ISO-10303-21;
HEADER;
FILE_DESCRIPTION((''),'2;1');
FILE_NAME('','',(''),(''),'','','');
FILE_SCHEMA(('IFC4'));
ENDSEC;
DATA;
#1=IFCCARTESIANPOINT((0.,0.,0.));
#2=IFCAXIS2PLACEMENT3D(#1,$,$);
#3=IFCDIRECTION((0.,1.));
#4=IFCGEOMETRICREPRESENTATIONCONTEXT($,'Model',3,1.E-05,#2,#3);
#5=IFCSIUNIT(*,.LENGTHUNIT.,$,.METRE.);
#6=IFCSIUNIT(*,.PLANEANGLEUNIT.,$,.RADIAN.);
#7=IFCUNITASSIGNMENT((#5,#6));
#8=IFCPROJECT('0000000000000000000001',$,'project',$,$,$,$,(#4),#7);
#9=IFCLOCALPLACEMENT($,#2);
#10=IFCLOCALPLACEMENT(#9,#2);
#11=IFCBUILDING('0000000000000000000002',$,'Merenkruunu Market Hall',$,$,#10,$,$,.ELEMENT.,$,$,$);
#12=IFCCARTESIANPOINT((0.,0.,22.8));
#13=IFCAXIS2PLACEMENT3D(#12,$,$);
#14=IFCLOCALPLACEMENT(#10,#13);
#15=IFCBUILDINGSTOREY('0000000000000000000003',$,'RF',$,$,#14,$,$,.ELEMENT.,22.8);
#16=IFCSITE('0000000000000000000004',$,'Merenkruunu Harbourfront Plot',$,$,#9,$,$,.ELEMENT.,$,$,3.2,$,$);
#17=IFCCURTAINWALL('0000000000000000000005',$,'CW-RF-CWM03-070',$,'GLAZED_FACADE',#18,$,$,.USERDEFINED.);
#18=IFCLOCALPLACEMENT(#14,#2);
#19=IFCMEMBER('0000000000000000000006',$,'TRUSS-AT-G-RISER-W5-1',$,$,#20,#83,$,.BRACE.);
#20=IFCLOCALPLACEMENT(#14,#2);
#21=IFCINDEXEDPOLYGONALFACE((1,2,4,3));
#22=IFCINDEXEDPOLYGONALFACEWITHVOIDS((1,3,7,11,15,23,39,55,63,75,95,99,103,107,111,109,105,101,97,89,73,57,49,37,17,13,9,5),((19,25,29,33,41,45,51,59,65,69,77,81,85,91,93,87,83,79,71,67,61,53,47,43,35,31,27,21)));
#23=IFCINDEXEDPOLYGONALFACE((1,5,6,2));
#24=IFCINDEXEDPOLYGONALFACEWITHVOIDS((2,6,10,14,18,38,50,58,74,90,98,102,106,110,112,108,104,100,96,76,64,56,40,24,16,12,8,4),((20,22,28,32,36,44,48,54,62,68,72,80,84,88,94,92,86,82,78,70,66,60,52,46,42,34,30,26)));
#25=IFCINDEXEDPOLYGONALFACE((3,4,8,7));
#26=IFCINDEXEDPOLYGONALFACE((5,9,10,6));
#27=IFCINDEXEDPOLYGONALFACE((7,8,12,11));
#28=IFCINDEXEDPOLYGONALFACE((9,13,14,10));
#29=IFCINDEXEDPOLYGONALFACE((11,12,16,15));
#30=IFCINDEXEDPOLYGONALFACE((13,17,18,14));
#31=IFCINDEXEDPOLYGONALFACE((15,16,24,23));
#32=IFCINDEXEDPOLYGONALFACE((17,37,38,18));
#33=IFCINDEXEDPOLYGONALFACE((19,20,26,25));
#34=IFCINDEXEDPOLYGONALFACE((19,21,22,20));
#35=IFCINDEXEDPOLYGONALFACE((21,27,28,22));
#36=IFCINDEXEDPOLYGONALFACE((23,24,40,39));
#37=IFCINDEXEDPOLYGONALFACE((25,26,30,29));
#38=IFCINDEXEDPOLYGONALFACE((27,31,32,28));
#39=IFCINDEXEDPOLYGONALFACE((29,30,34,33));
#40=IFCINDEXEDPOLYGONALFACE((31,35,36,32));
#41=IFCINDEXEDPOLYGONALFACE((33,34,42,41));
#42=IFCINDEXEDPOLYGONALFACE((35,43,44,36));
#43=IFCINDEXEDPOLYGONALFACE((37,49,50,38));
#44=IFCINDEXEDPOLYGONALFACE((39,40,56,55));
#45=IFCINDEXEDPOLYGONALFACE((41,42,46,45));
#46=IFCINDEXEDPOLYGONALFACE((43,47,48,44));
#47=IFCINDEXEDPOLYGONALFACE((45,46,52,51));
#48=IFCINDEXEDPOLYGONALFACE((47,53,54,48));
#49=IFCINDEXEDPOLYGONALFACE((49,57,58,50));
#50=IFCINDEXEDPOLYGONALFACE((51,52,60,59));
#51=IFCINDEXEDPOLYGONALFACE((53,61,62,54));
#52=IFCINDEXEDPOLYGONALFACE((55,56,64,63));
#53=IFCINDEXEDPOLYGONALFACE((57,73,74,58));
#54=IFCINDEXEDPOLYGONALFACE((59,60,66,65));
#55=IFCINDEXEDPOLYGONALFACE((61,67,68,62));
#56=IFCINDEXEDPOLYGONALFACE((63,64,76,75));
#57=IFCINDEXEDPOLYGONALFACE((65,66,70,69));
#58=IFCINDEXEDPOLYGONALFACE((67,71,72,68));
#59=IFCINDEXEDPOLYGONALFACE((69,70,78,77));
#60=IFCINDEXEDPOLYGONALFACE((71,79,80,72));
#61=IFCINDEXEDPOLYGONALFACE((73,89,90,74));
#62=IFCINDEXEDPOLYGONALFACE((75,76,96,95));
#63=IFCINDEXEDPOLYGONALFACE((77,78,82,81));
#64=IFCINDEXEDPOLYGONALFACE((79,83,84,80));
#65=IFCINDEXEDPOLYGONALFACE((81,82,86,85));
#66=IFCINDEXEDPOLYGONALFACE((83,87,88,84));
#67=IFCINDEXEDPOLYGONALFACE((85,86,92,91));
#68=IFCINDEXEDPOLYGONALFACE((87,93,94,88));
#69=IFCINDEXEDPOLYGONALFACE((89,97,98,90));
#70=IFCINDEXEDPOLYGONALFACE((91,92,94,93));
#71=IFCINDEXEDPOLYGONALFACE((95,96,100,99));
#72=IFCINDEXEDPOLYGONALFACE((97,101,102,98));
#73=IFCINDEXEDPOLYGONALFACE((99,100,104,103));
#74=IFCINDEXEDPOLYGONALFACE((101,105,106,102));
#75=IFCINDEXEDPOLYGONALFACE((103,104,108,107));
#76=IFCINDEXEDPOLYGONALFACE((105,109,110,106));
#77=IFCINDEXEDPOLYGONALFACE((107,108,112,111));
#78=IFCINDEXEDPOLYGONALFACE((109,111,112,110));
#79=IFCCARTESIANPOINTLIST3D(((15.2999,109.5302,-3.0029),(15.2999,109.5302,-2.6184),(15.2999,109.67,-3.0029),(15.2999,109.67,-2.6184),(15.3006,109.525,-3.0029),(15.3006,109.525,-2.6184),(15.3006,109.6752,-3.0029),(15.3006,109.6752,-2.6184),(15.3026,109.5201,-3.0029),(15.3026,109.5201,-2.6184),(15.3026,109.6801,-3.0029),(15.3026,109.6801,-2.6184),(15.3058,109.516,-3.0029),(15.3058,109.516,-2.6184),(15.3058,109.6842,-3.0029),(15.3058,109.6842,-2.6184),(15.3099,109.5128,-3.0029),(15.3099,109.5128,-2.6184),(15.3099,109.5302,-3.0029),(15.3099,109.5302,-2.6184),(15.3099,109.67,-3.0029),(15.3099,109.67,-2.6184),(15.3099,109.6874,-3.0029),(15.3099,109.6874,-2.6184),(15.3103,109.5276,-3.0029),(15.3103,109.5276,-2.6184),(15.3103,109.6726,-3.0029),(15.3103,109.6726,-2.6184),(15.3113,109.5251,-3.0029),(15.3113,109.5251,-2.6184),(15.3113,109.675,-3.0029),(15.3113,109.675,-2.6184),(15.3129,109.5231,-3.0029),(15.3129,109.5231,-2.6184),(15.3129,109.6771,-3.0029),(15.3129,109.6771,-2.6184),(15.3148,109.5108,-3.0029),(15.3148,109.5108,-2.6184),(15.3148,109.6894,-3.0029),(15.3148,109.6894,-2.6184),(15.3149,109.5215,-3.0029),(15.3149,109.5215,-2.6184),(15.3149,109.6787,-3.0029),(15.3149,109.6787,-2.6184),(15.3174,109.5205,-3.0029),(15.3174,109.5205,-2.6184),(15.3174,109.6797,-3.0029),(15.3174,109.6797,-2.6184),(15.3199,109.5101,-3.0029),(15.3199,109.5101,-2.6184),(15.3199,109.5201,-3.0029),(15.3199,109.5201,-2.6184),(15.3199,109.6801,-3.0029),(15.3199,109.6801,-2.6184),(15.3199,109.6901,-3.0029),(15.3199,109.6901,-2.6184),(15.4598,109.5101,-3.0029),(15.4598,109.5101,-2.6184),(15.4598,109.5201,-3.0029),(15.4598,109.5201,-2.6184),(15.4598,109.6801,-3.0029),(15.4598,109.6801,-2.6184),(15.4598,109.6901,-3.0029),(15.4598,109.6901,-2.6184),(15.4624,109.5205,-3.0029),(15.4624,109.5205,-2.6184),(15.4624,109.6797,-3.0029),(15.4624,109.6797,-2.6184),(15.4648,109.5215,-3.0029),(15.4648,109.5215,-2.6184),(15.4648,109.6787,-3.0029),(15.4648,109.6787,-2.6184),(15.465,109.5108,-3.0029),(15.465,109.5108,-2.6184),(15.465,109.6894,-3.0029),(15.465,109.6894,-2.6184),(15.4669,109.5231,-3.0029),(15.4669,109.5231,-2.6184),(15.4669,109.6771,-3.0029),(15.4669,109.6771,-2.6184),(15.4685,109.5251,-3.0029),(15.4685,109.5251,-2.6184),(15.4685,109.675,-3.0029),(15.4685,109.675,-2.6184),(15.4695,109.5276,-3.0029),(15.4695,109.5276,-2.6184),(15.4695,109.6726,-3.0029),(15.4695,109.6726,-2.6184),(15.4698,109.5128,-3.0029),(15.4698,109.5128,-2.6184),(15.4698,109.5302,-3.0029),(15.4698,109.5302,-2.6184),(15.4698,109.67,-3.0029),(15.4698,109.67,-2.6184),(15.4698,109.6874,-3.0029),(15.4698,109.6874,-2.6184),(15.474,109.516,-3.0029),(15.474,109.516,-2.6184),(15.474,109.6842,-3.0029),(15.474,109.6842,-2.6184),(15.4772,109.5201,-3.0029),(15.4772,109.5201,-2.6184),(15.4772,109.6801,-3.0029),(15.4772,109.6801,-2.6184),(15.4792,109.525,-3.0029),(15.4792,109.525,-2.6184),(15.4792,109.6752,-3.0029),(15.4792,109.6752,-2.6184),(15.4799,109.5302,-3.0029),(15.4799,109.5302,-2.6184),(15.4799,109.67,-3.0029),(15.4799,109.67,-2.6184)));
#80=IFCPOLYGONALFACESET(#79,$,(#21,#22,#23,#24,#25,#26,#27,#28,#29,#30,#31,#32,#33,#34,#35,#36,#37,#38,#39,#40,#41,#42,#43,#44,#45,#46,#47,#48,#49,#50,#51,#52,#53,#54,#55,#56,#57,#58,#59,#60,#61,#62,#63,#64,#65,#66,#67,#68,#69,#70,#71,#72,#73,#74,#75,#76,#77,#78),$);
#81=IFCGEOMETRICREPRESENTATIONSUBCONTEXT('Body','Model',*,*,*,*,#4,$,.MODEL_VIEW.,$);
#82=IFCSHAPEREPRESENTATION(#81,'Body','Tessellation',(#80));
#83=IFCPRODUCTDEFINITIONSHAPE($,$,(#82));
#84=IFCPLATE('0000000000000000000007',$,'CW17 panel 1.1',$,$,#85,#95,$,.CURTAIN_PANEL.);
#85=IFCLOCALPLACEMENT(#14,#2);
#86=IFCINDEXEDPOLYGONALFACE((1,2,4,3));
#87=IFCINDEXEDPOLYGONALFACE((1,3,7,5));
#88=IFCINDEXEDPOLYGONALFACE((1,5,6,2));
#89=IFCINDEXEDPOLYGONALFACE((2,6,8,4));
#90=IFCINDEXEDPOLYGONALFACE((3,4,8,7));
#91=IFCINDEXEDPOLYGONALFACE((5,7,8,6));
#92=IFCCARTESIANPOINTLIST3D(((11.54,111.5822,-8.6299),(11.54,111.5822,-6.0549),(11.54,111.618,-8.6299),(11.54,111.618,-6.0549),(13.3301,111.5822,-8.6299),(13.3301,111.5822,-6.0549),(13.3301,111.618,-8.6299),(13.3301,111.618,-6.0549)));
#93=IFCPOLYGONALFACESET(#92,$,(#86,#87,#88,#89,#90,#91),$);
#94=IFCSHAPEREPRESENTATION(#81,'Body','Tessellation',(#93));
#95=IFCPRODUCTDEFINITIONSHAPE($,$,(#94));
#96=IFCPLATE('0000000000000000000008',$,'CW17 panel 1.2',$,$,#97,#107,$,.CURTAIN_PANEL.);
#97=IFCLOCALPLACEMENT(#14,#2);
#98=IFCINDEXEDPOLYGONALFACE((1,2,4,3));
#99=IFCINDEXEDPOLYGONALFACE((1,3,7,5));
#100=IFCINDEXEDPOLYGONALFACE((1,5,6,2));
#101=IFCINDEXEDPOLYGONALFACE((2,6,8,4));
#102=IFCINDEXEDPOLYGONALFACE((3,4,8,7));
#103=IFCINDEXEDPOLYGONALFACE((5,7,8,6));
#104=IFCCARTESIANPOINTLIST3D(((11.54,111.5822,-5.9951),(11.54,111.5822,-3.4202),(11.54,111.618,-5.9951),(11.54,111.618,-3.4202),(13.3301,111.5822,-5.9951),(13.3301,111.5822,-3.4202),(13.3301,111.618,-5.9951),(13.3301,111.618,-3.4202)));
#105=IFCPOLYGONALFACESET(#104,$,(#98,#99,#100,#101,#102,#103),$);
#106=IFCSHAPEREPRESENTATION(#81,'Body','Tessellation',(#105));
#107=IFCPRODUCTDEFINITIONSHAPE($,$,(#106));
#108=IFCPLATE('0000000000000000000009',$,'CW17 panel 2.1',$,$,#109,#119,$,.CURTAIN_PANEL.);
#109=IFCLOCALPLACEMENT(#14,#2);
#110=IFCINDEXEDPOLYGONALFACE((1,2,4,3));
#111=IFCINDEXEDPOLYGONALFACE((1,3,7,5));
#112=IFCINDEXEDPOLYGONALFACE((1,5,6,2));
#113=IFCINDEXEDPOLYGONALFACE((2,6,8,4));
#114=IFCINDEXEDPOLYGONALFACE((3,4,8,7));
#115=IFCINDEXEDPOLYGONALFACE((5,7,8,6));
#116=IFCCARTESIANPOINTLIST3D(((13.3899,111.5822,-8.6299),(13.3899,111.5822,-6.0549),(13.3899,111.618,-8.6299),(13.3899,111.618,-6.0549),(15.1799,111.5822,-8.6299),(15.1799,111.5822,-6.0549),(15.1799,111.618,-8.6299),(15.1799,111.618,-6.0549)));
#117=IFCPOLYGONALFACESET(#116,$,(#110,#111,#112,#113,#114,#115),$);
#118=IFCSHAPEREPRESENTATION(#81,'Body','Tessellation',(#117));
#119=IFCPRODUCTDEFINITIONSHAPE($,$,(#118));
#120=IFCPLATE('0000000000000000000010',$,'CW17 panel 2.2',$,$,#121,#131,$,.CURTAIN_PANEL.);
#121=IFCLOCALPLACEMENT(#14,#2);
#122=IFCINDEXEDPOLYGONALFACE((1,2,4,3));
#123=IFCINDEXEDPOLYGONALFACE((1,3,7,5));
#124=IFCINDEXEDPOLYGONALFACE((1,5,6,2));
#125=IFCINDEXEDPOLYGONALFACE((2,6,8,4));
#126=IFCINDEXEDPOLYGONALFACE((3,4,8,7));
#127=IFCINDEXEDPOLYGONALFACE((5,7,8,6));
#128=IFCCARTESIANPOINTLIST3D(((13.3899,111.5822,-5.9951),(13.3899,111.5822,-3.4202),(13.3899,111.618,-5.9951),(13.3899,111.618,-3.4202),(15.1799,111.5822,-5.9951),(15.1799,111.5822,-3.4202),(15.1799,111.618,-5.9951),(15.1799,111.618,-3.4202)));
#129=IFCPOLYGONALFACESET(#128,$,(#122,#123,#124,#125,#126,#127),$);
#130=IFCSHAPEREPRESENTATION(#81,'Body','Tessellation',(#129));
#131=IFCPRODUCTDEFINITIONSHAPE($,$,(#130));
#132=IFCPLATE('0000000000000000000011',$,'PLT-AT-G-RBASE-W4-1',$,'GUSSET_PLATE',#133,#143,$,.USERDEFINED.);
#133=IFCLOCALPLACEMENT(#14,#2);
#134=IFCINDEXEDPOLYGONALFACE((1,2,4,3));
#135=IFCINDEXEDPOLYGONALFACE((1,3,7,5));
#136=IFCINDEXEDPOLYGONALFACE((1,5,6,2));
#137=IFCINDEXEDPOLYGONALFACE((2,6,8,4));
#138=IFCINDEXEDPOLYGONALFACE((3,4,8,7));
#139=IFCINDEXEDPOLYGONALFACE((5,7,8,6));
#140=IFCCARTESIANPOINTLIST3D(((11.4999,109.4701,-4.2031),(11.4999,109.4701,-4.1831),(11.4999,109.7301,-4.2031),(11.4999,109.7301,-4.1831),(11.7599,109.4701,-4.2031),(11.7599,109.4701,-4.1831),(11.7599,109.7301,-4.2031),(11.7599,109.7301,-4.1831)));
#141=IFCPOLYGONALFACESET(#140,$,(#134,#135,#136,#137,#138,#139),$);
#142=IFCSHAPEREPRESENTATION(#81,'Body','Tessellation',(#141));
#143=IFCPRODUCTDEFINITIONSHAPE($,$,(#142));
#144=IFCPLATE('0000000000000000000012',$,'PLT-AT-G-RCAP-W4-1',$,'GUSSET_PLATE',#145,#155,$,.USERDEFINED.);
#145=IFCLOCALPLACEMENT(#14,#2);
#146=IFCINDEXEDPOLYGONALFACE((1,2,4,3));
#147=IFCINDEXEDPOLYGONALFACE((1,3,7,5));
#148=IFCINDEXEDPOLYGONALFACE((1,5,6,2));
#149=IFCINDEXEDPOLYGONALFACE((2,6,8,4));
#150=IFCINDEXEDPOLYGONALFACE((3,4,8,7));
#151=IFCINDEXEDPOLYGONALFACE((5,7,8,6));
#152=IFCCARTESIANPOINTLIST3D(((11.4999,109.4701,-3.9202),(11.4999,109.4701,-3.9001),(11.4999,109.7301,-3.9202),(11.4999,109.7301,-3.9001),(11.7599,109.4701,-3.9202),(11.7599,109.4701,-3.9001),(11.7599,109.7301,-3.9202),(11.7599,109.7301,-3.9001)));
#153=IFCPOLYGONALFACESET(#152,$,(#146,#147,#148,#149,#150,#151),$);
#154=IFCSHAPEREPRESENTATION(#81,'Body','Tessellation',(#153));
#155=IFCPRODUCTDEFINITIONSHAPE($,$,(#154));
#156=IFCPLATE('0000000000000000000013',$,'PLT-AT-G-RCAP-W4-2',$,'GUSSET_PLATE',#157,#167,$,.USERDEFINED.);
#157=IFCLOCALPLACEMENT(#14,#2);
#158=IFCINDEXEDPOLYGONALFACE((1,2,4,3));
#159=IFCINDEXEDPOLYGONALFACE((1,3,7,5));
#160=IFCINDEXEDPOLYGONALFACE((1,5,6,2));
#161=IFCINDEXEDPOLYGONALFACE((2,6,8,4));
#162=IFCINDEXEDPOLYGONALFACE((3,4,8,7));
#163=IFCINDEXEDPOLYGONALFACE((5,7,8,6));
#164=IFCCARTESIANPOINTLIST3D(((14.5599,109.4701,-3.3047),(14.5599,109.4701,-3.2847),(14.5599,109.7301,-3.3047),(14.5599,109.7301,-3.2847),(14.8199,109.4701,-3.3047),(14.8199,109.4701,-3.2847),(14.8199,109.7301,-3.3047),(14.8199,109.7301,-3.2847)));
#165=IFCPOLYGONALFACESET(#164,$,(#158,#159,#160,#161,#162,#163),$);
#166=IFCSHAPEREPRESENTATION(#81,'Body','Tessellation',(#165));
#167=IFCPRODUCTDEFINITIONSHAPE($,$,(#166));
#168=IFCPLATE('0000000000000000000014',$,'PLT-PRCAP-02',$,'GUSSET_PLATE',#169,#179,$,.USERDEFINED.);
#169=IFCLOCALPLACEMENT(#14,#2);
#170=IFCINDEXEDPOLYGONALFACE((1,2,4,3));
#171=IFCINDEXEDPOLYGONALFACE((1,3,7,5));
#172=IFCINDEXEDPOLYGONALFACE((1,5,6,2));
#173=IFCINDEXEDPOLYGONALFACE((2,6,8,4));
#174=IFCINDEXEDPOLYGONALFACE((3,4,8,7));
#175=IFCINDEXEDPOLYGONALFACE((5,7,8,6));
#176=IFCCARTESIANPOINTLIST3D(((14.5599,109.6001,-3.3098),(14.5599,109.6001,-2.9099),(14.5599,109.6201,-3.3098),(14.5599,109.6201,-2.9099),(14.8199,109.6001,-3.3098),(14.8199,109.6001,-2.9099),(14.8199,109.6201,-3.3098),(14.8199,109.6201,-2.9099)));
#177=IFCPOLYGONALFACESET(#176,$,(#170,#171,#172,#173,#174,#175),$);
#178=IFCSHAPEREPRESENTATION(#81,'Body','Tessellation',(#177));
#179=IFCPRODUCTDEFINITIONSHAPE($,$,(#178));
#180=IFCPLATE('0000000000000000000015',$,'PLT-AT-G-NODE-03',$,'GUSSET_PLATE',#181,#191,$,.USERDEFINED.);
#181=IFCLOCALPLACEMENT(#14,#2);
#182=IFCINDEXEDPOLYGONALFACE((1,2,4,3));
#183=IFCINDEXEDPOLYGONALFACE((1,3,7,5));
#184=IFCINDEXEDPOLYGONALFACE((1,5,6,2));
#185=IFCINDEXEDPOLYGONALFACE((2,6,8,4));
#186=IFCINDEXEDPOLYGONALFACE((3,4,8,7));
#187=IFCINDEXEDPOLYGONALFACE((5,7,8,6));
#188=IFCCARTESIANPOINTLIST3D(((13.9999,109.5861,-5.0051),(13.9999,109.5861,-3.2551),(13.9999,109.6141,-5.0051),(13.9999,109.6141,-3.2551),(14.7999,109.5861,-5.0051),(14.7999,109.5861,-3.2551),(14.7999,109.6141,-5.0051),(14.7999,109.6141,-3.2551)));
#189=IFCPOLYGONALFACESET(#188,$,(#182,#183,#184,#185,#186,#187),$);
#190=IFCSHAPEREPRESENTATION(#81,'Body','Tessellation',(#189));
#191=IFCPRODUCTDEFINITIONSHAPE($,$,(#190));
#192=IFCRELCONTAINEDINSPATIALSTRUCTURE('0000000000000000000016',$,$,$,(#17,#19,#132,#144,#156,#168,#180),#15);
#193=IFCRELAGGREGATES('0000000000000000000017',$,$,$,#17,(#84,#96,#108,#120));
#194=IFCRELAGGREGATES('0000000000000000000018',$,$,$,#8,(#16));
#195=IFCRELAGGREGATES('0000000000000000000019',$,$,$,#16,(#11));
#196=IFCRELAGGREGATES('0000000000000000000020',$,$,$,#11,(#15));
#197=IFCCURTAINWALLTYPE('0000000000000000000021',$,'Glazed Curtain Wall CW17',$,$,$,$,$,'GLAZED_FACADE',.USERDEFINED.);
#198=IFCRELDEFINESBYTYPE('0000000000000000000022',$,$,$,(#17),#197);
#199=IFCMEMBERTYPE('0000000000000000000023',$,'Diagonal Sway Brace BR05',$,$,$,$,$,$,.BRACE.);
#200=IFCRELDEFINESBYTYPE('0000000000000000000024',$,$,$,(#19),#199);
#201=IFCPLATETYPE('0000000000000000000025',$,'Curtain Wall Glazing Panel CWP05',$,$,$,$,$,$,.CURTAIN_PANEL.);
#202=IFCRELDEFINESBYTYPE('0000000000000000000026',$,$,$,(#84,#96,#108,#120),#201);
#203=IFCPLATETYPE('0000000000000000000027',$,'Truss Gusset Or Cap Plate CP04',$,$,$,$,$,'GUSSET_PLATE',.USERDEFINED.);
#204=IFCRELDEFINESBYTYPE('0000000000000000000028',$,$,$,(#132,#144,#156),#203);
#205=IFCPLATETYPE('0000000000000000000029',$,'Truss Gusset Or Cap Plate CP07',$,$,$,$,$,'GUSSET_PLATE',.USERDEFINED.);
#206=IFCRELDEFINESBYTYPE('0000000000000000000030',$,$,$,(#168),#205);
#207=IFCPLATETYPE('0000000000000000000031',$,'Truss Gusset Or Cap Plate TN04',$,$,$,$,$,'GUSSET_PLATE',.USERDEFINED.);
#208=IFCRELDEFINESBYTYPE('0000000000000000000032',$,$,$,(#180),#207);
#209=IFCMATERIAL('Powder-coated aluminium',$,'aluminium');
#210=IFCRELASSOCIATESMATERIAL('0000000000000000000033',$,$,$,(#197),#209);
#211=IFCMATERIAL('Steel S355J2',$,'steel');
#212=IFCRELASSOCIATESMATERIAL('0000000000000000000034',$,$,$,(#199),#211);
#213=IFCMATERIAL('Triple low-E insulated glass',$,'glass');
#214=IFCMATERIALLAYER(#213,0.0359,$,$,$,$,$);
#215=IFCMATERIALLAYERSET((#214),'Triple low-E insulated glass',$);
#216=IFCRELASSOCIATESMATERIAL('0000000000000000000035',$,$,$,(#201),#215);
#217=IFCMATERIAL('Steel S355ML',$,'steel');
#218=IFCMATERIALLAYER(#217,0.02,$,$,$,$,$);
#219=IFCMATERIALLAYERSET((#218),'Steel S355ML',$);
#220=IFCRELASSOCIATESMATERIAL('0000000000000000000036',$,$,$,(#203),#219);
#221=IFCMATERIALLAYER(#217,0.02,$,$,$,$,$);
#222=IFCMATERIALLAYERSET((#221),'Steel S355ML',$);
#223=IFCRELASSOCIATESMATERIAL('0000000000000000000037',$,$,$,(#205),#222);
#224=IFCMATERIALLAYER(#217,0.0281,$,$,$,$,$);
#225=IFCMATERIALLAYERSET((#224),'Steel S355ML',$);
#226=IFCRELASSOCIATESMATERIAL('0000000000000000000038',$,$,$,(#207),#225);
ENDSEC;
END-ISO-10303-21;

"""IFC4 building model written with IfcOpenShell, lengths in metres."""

from ifc_helpers import new_model, si_unit, direction, frame, origin, origin_2d, place, context, subcontext, project, spatial, rectangle, hollow_rectangle, extrude, material, layer, layer_set, material_profile, profile_set, type_object, element, aggregate, save


model = new_model("IFC4")

# Units and contexts
model_context = context("Model", 3, precision=1e-05, world=origin(), true_north=direction((0.0, 1.0)))
body_context = subcontext(model_context, "Body", "Model", "MODEL_VIEW")
ifc_project = project(units=[si_unit("LENGTHUNIT", "METRE"), si_unit("PLANEANGLEUNIT", "RADIAN")], contexts=[model_context])

# Site, building, storey
site_placement = place(None, origin())
site = spatial("IfcSite", under=ifc_project, at=site_placement, Name="Merenkruunu Harbourfront Plot", CompositionType="ELEMENT", RefElevation=3.2)
building_placement = place(site_placement, origin())
building = spatial("IfcBuilding", under=site, at=building_placement, Name="Merenkruunu Market Hall", CompositionType="ELEMENT")
storey_placement = place(building_placement, frame((0.0, 0.0, 22.8)))
storey = spatial("IfcBuildingStorey", under=building, at=storey_placement, Name="RF", CompositionType="ELEMENT", Elevation=22.8)

# Shared definitions
ifc_material_1 = material(Name="Steel S355ML", Category="steel")

# Curtain wall
ifc_material_2 = material(Name="Powder-coated aluminium", Category="aluminium")
curtain_wall_type_1 = type_object("IfcCurtainWallType", Name="Glazed Curtain Wall CW17", ElementType="GLAZED_FACADE", PredefinedType="USERDEFINED", material=ifc_material_2)
curtain_wall_1_placement = place(storey_placement, origin())
curtain_wall_1 = element("IfcCurtainWall", 1, at=curtain_wall_1_placement, inside=storey, type_object=curtain_wall_type_1, Name="CW-RF-CWM03-070", ObjectType="GLAZED_FACADE", PredefinedType="USERDEFINED")

# Member
ifc_material_3 = material(Name="Steel S355J2", Category="steel")
ifc_material_profile_1 = material_profile(ifc_material_3, hollow_rectangle(XDim=0.1799, YDim=0.1799, WallThickness=0.01, InnerFilletRadius=0.01, OuterFilletRadius=0.02, at=origin_2d()), Name="SHS 180x180x10")
ifc_profile_set_1 = profile_set([ifc_material_profile_1], Name="Steel S355J2")
member_type_1 = type_object("IfcMemberType", Name="Diagonal Sway Brace BR05", PredefinedType="BRACE", material=ifc_profile_set_1)
member_1_placement = place(storey_placement, frame((15.3899, 109.6001, -3.0029), z_axis=(0.0, 0.0, 1.0), x_axis=(1.0, 0.0, 0.0)))
element("IfcMember", 2, at=member_1_placement, inside=storey, type_object=member_type_1, Name="TRUSS-AT-G-RISER-W5-1", PredefinedType="BRACE", context=body_context, shape_type="SweptSolid", body=[
    extrude(hollow_rectangle(XDim=0.1799, YDim=0.1799, WallThickness=0.01, InnerFilletRadius=0.01, OuterFilletRadius=0.02, at=origin_2d()), origin(), (0.0, 0.0, 1.0), 0.3845),
])

# Plates
ifc_material_4 = material(Name="Triple low-E insulated glass", Category="glass")
ifc_layer_1 = layer(ifc_material_4, 0.0359)
ifc_layer_set_1 = layer_set([ifc_layer_1], Name="Triple low-E insulated glass")
plate_type_1 = type_object("IfcPlateType", Name="Curtain Wall Glazing Panel CWP05", PredefinedType="CURTAIN_PANEL", material=ifc_layer_set_1)
plate_1_placement = place(storey_placement, frame((12.4351, 111.6001, -8.6299), z_axis=(0.0, 0.0, 1.0), x_axis=(1.0, 0.0, 0.0)))
plate_1 = element("IfcPlate", 3, at=plate_1_placement, type_object=plate_type_1, Name="CW17 panel 1.1", PredefinedType="CURTAIN_PANEL", context=body_context, shape_type="SweptSolid", body=[
    extrude(rectangle(XDim=1.79, YDim=0.0359, at=origin_2d()), origin(), (0.0, 0.0, 1.0), 2.575),
])
plate_2_placement = place(storey_placement, frame((12.4351, 111.6001, -5.9951), z_axis=(0.0, 0.0, 1.0), x_axis=(1.0, 0.0, 0.0)))
plate_2 = element("IfcPlate", 4, at=plate_2_placement, type_object=plate_type_1, Name="CW17 panel 1.2", PredefinedType="CURTAIN_PANEL", context=body_context, shape_type="SweptSolid", body=[
    extrude(rectangle(XDim=1.79, YDim=0.0359, at=origin_2d()), origin(), (0.0, 0.0, 1.0), 2.575),
])
plate_3_placement = place(storey_placement, frame((14.2849, 111.6001, -8.6299), z_axis=(0.0, 0.0, 1.0), x_axis=(1.0, 0.0, 0.0)))
plate_3 = element("IfcPlate", 5, at=plate_3_placement, type_object=plate_type_1, Name="CW17 panel 2.1", PredefinedType="CURTAIN_PANEL", context=body_context, shape_type="SweptSolid", body=[
    extrude(rectangle(XDim=1.79, YDim=0.0359, at=origin_2d()), origin(), (0.0, 0.0, 1.0), 2.575),
])
plate_4_placement = place(storey_placement, frame((14.2849, 111.6001, -5.9951), z_axis=(0.0, 0.0, 1.0), x_axis=(1.0, 0.0, 0.0)))
plate_4 = element("IfcPlate", 6, at=plate_4_placement, type_object=plate_type_1, Name="CW17 panel 2.2", PredefinedType="CURTAIN_PANEL", context=body_context, shape_type="SweptSolid", body=[
    extrude(rectangle(XDim=1.79, YDim=0.0359, at=origin_2d()), origin(), (0.0, 0.0, 1.0), 2.575),
])
aggregate(curtain_wall_1, [plate_1, plate_2, plate_3, plate_4])

# Plates
ifc_layer_2 = layer(ifc_material_1, 0.02)
ifc_layer_set_2 = layer_set([ifc_layer_2], Name="Steel S355ML")
plate_type_2 = type_object("IfcPlateType", Name="Truss Gusset Or Cap Plate CP04", ElementType="GUSSET_PLATE", PredefinedType="USERDEFINED", material=ifc_layer_set_2)
for number, where, z_axis, x_axis, name in (
    (7, (11.6299, 109.6001, -4.2031), (0.0, 0.0, 1.0), (1.0, 0.0, 0.0), "PLT-AT-G-RBASE-W4-1"),
    (8, (11.6299, 109.6001, -3.9202), (0.0, 0.0, 1.0), (1.0, 0.0, 0.0), "PLT-AT-G-RCAP-W4-1"),
    (9, (14.6899, 109.6001, -3.3047), (0.0, 0.0, 1.0), (1.0, 0.0, 0.0), "PLT-AT-G-RCAP-W4-2"),
):
    element("IfcPlate", number, at=place(storey_placement, frame(where, z_axis=z_axis, x_axis=x_axis)), inside=storey, type_object=plate_type_2, Name=name, ObjectType="GUSSET_PLATE", PredefinedType="USERDEFINED", context=body_context, shape_type="SweptSolid", body=[
        extrude(rectangle(XDim=0.26, YDim=0.26, at=origin_2d()), origin(), (0.0, 0.0, 1.0), 0.02),
    ])
ifc_layer_3 = layer(ifc_material_1, 0.02)
ifc_layer_set_3 = layer_set([ifc_layer_3], Name="Steel S355ML")
plate_type_3 = type_object("IfcPlateType", Name="Truss Gusset Or Cap Plate CP07", ElementType="GUSSET_PLATE", PredefinedType="USERDEFINED", material=ifc_layer_set_3)
plate_5_placement = place(storey_placement, frame((14.6899, 109.6101, -3.3098), z_axis=(0.0, 0.0, 1.0), x_axis=(1.0, 0.0, 0.0)))
element("IfcPlate", 10, at=plate_5_placement, inside=storey, type_object=plate_type_3, Name="PLT-PRCAP-02", ObjectType="GUSSET_PLATE", PredefinedType="USERDEFINED", context=body_context, shape_type="SweptSolid", body=[
    extrude(rectangle(XDim=0.26, YDim=0.02, at=origin_2d()), origin(), (0.0, 0.0, 1.0), 0.3999),
])
ifc_layer_4 = layer(ifc_material_1, 0.0281)
ifc_layer_set_4 = layer_set([ifc_layer_4], Name="Steel S355ML")
plate_type_4 = type_object("IfcPlateType", Name="Truss Gusset Or Cap Plate TN04", ElementType="GUSSET_PLATE", PredefinedType="USERDEFINED", material=ifc_layer_set_4)
plate_6_placement = place(storey_placement, frame((14.3999, 109.6001, -5.0051), z_axis=(0.0, 0.0, 1.0), x_axis=(1.0, 0.0, 0.0)))
element("IfcPlate", 11, at=plate_6_placement, inside=storey, type_object=plate_type_4, Name="PLT-AT-G-NODE-03", ObjectType="GUSSET_PLATE", PredefinedType="USERDEFINED", context=body_context, shape_type="SweptSolid", body=[
    extrude(rectangle(XDim=0.8, YDim=0.0281, at=origin_2d()), origin(), (0.0, 0.0, 1.0), 1.75),
])

save(model, "model.ifc")
